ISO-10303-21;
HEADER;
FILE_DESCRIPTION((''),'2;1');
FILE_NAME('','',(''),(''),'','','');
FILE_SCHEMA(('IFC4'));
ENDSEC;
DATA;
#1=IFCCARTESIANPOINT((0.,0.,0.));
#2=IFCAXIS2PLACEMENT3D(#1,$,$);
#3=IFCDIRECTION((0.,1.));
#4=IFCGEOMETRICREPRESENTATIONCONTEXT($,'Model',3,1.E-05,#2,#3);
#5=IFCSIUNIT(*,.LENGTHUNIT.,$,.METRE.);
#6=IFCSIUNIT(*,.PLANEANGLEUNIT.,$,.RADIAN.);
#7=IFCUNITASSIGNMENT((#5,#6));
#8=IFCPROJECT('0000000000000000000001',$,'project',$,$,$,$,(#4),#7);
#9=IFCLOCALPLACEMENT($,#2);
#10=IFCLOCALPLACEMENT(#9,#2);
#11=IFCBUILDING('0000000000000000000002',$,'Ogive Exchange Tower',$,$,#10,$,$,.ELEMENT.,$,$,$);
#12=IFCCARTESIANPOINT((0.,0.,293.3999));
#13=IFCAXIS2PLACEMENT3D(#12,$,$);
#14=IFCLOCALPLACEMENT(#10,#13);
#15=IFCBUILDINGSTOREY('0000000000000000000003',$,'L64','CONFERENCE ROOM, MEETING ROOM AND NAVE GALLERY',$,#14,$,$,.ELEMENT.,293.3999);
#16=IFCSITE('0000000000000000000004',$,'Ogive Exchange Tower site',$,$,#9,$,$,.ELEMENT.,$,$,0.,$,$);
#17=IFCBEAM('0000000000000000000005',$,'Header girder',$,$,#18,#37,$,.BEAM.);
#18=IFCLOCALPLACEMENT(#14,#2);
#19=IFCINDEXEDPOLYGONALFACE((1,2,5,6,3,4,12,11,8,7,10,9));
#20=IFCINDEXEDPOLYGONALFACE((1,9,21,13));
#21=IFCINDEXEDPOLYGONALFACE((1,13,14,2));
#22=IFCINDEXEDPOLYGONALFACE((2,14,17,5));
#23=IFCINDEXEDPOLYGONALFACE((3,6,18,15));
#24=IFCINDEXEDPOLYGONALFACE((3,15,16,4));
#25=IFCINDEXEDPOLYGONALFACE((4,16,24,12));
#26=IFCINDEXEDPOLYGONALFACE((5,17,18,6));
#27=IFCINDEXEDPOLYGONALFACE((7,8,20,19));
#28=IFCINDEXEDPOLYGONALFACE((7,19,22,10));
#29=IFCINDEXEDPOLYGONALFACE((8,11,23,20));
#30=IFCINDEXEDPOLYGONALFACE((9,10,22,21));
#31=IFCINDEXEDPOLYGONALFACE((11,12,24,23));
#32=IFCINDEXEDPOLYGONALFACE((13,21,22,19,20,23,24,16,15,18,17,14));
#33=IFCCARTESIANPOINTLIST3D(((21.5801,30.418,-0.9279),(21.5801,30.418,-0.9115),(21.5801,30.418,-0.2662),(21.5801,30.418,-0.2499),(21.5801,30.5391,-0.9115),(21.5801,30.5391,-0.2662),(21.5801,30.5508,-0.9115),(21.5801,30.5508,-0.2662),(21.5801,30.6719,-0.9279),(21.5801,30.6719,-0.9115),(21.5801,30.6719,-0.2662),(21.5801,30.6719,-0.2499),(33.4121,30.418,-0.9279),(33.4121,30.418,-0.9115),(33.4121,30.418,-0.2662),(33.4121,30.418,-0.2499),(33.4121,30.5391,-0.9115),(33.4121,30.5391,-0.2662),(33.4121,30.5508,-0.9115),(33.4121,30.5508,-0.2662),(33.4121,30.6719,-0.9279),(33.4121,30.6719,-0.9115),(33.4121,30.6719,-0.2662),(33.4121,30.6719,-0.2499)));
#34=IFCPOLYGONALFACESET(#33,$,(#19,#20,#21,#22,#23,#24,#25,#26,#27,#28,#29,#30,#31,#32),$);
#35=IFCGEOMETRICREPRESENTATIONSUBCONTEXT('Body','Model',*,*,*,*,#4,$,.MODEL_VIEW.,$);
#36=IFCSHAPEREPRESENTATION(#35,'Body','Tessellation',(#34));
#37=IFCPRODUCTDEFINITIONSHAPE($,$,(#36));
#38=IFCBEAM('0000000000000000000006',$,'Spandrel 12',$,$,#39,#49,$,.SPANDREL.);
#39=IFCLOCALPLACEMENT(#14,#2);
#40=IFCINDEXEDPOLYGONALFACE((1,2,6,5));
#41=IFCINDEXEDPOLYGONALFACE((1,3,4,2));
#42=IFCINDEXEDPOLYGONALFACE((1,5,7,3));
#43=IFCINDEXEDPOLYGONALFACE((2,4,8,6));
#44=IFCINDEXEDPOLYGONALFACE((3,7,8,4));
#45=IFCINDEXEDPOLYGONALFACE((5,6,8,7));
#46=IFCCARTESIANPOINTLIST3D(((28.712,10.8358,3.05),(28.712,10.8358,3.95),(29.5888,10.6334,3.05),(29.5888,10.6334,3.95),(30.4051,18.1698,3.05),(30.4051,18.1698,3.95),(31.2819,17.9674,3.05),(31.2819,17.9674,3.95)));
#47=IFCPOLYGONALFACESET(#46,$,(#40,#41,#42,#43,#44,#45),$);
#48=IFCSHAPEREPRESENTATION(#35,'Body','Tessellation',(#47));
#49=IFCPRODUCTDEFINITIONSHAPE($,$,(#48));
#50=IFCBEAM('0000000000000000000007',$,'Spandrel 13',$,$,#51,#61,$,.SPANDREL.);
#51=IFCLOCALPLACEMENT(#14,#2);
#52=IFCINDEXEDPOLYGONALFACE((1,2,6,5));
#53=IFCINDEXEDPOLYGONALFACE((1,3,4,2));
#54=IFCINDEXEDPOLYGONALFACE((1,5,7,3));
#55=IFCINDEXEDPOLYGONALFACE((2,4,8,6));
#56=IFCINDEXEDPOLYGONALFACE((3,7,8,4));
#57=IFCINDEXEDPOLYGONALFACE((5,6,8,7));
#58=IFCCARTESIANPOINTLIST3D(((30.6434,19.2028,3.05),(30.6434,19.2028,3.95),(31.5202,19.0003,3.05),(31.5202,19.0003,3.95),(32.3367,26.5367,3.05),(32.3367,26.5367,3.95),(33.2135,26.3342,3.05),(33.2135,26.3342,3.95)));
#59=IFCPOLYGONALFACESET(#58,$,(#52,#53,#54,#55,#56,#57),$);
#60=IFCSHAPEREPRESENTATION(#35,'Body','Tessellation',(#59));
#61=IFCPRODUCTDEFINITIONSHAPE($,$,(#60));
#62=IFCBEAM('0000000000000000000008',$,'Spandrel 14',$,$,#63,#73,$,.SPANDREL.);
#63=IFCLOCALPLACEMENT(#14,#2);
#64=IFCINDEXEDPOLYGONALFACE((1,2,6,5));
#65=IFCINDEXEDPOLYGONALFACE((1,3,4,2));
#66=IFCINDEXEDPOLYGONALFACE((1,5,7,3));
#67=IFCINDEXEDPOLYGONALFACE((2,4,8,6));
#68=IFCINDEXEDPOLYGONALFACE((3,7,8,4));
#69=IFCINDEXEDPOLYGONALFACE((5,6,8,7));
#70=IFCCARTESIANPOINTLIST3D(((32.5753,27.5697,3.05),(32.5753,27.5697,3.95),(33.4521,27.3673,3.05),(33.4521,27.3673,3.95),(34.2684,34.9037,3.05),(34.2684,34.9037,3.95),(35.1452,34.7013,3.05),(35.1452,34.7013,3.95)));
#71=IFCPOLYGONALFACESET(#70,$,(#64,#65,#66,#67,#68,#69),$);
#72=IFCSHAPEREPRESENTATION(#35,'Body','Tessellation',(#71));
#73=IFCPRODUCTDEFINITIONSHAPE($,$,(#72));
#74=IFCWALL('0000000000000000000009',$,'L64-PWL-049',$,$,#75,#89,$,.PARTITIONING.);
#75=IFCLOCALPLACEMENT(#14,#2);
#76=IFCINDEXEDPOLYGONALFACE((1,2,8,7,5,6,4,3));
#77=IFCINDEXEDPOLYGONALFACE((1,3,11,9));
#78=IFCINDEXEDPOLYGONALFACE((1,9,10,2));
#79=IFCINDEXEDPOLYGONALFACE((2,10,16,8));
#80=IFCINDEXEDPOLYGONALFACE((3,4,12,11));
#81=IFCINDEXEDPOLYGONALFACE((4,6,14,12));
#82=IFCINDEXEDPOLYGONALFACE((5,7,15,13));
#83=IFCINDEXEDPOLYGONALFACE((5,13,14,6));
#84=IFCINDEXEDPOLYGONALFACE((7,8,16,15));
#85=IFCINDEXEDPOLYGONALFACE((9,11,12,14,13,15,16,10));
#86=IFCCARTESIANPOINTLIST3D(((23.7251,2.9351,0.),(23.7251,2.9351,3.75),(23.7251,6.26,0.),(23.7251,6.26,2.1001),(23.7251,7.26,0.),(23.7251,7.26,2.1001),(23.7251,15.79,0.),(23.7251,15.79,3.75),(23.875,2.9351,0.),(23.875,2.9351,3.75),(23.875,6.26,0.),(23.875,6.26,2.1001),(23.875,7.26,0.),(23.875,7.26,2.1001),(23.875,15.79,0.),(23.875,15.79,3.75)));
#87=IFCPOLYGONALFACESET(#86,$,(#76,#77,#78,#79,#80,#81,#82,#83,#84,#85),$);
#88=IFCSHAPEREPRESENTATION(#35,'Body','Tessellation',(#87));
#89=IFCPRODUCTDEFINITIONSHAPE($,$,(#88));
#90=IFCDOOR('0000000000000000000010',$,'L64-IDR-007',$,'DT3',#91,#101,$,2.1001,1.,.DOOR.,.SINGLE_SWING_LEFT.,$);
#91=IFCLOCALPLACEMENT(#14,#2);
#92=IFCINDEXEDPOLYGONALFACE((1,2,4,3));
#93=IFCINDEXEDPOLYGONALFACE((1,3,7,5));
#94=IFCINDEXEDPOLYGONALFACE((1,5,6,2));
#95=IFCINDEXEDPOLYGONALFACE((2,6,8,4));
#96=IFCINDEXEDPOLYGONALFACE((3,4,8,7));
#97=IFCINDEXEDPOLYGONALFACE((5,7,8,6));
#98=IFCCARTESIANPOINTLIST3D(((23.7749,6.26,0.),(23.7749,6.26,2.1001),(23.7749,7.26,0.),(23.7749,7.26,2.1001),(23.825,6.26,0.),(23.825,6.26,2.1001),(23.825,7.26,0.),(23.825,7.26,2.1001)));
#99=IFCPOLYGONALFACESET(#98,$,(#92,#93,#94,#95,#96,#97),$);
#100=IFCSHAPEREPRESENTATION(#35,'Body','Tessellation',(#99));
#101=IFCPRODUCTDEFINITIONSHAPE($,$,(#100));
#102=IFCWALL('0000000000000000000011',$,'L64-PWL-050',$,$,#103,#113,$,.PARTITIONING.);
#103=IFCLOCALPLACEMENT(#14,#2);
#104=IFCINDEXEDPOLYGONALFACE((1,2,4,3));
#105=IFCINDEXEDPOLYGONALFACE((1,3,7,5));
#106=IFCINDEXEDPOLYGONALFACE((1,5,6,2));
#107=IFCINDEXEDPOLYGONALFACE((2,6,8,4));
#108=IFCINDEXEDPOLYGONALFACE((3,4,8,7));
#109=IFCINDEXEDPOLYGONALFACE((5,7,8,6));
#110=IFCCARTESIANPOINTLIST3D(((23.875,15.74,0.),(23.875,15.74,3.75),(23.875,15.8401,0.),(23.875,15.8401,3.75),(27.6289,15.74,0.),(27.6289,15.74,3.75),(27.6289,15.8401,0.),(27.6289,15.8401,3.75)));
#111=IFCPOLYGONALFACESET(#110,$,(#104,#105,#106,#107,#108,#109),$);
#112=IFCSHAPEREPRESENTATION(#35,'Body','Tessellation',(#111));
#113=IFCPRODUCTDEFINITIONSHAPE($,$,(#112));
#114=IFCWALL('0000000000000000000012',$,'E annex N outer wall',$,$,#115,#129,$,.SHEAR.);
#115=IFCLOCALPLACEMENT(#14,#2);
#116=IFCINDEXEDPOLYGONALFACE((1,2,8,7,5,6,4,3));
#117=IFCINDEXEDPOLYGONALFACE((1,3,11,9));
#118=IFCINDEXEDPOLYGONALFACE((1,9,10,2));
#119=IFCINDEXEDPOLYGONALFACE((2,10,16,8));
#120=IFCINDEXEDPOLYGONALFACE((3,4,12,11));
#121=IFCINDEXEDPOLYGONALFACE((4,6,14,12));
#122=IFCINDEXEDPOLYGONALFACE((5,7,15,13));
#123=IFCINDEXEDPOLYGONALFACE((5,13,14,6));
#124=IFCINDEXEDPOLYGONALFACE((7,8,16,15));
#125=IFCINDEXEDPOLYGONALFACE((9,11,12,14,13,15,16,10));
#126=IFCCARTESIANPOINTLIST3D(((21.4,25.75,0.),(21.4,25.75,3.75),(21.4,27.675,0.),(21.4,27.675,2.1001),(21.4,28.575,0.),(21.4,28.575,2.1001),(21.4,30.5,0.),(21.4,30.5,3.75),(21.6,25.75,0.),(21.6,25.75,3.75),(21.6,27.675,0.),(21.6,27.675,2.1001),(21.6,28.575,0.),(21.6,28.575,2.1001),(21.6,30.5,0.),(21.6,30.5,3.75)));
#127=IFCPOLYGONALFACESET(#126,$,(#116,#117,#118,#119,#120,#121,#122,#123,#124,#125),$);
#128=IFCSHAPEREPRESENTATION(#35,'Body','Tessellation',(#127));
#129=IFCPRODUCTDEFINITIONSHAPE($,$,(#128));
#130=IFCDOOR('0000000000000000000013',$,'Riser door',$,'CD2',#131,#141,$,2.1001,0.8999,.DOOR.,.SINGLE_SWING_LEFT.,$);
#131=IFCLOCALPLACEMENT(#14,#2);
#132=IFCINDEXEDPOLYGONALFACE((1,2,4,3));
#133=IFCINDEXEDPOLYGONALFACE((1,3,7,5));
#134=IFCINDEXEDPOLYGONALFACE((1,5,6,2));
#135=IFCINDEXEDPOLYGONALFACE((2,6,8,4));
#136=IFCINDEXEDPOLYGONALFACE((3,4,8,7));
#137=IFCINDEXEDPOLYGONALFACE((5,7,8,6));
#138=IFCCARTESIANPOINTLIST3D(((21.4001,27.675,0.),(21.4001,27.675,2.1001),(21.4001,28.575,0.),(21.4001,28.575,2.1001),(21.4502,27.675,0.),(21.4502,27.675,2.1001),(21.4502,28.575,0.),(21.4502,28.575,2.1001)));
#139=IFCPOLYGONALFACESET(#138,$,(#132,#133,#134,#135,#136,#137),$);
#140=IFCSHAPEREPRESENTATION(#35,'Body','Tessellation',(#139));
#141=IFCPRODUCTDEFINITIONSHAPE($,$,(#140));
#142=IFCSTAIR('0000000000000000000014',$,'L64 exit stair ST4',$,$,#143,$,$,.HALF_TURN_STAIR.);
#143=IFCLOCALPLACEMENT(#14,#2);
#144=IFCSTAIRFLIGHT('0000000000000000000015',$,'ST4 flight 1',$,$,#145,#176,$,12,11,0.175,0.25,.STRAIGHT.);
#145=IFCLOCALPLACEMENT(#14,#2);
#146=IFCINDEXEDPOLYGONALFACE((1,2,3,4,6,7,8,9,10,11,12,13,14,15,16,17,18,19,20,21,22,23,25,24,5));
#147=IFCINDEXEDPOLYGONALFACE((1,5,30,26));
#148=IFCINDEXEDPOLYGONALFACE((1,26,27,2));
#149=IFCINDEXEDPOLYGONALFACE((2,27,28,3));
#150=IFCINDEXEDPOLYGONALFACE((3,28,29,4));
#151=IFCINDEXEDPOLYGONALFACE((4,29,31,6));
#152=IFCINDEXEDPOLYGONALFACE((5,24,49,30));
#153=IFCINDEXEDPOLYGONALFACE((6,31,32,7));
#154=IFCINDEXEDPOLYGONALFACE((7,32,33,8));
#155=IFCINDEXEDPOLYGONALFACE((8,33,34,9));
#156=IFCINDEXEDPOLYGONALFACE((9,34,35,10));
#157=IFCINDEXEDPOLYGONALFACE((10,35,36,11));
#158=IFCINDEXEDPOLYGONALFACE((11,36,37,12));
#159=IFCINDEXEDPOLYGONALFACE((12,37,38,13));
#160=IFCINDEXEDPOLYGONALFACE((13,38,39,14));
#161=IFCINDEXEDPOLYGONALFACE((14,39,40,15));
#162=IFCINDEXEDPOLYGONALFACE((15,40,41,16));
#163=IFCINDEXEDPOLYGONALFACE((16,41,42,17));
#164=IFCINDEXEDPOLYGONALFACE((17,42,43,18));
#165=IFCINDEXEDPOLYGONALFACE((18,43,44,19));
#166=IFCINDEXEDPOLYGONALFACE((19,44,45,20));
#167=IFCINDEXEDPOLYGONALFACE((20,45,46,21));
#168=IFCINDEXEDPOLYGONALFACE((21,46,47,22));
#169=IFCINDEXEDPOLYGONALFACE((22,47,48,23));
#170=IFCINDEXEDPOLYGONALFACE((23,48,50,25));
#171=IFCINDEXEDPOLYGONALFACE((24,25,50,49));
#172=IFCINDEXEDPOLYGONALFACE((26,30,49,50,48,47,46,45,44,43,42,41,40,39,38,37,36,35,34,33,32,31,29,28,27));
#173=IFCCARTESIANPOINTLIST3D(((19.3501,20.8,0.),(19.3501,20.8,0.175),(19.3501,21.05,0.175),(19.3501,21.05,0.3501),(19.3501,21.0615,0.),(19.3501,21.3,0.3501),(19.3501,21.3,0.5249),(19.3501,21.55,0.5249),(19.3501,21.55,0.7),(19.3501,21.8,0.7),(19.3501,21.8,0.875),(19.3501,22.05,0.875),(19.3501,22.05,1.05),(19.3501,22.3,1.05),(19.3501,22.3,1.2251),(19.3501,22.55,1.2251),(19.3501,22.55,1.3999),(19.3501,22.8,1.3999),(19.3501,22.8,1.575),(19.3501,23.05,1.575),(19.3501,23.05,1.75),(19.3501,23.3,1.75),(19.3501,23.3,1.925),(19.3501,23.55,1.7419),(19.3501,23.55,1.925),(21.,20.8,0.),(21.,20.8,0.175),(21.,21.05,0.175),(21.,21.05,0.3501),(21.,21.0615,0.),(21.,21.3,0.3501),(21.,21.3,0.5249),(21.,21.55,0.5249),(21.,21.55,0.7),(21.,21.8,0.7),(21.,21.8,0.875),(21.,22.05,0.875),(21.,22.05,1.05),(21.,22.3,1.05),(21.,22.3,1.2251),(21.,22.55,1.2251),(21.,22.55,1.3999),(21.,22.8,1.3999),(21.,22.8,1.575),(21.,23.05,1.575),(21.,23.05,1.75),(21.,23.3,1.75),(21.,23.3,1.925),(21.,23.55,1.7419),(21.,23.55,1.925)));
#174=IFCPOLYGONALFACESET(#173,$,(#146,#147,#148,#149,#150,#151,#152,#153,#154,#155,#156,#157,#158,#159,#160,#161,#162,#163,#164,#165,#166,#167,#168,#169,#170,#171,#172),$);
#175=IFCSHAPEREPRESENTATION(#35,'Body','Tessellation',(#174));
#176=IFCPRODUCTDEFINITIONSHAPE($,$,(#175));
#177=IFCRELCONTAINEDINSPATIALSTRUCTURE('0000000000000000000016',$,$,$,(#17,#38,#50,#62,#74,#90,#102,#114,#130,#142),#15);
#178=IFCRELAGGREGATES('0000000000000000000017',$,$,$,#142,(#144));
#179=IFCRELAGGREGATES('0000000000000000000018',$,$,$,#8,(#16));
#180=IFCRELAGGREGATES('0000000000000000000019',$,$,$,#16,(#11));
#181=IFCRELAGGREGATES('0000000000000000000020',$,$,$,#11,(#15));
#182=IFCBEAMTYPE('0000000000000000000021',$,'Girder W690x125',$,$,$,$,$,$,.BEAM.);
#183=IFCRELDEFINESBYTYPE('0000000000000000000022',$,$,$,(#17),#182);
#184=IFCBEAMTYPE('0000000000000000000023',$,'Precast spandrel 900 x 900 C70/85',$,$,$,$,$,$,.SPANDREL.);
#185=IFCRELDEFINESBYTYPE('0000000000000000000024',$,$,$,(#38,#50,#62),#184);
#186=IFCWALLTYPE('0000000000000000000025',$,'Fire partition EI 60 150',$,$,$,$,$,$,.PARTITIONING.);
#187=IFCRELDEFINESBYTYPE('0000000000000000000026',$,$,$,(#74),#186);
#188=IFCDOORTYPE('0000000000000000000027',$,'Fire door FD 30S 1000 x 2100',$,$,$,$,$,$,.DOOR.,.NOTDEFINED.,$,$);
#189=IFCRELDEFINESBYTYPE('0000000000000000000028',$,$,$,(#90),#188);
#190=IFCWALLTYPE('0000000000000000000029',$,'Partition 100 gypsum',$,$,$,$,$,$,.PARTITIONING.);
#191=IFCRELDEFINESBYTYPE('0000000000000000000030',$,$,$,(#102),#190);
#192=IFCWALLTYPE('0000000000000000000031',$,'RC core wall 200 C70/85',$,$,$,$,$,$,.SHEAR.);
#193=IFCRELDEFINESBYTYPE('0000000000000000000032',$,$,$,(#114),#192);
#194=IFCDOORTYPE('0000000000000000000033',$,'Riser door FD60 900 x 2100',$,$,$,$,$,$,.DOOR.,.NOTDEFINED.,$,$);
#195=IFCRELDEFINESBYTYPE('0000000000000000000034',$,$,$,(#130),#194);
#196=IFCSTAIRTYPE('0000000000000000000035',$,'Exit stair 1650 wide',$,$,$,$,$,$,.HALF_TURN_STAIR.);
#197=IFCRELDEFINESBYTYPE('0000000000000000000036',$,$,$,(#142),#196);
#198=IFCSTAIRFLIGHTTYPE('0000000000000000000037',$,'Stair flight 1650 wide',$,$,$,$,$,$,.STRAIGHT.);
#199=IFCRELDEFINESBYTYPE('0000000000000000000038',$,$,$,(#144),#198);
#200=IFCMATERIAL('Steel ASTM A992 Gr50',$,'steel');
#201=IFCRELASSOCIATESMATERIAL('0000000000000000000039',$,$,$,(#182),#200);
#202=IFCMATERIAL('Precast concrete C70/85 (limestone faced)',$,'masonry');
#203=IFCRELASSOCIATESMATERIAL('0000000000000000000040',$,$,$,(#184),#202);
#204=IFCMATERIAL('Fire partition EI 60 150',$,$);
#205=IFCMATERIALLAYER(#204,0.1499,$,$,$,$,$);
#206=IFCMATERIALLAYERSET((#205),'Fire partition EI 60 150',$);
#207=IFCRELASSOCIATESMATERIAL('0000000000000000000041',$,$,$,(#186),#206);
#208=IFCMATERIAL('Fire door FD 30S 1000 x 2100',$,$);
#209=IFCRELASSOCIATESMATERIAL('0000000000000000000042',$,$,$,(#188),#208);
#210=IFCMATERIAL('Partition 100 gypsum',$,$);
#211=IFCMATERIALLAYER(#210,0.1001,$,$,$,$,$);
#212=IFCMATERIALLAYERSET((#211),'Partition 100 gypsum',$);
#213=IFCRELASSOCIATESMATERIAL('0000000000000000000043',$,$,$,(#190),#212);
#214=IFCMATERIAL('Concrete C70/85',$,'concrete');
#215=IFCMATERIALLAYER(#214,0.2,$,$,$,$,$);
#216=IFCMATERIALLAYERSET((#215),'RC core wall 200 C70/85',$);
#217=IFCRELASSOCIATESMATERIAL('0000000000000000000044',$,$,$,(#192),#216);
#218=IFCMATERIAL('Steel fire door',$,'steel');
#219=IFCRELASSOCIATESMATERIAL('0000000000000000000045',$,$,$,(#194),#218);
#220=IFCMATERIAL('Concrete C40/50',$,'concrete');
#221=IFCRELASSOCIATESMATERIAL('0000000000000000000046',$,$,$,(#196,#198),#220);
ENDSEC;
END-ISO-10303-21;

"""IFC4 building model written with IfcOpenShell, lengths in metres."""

from ifc_helpers import new_model, si_unit, direction, frame, frame_2d, origin, origin_2d, place, context, subcontext, project, spatial, polyline, rectangle, i_section, outline, extrude, material, layer, layer_set, material_profile, profile_set, type_object, element, fill, aggregate, save


model = new_model("IFC4")

# Units and contexts
model_context = context("Model", 3, precision=1e-05, world=origin(), true_north=direction((0.0, 1.0)))
body_context = subcontext(model_context, "Body", "Model", "MODEL_VIEW")
ifc_project = project(units=[si_unit("LENGTHUNIT", "METRE"), si_unit("PLANEANGLEUNIT", "RADIAN")], contexts=[model_context])

# Site, building, storey
site_placement = place(None, origin())
site = spatial("IfcSite", under=ifc_project, at=site_placement, Name="Ogive Exchange Tower site", CompositionType="ELEMENT", RefElevation=0.0)
building_placement = place(site_placement, origin())
building = spatial("IfcBuilding", under=site, at=building_placement, Name="Ogive Exchange Tower", CompositionType="ELEMENT")
storey_placement = place(building_placement, frame((0.0, 0.0, 293.3999)))
storey = spatial("IfcBuildingStorey", under=building, at=storey_placement, Name="L64", Description="CONFERENCE ROOM, MEETING ROOM AND NAVE GALLERY", CompositionType="ELEMENT", Elevation=293.3999)

# Shared definitions
ifc_material_1 = material(Name="Precast concrete C70/85 (limestone faced)", Category="masonry")

# Beams
ifc_material_2 = material(Name="Steel ASTM A992 Gr50", Category="steel")
ifc_material_profile_1 = material_profile(ifc_material_2, i_section(OverallWidth=0.2539, OverallDepth=0.678, WebThickness=0.0117, FlangeThickness=0.0164, at=origin_2d()), Name="W690x125")
ifc_profile_set_1 = profile_set([ifc_material_profile_1], Name="Steel ASTM A992 Gr50")
beam_type_1 = type_object("IfcBeamType", Name="Girder W690x125", PredefinedType="BEAM", material=ifc_profile_set_1)
beam_1_placement = place(storey_placement, frame((21.5801, 30.5449, -0.5889), z_axis=(1.0, 0.0, 0.0), x_axis=(0.0, 1.0, 0.0)))
element("IfcBeam", 1, at=beam_1_placement, inside=storey, type_object=beam_type_1, Name="Header girder", PredefinedType="BEAM", context=body_context, shape_type="SweptSolid", body=[
    extrude(i_section(OverallWidth=0.2539, OverallDepth=0.678, WebThickness=0.0117, FlangeThickness=0.0164, at=origin_2d()), origin(), (0.0, 0.0, 1.0), 11.832),
])
ifc_material_profile_2 = material_profile(ifc_material_1, rectangle(XDim=0.8999, YDim=0.8999, at=origin_2d()), Name="900 x 900")
ifc_profile_set_2 = profile_set([ifc_material_profile_2], Name="Precast concrete C70/85 (limestone faced)")
beam_type_2 = type_object("IfcBeamType", Name="Precast spandrel 900 x 900 C70/85", PredefinedType="SPANDREL", material=ifc_profile_set_2)
for number, where, z_axis, x_axis, name in (
    (2, (29.1504, 10.7346, 3.5), (0.224942, 0.974372, 0.0), (-0.974372, 0.224942, 0.0), "Spandrel 12"),
    (3, (31.0818, 19.1016, 3.5), (0.224973, 0.974365, 0.0), (-0.974365, 0.224973, 0.0), "Spandrel 13"),
    (4, (33.0137, 27.4685, 3.5), (0.224942, 0.974372, 0.0), (-0.974372, 0.224942, 0.0), "Spandrel 14"),
):
    element("IfcBeam", number, at=place(storey_placement, frame(where, z_axis=z_axis, x_axis=x_axis)), inside=storey, type_object=beam_type_2, Name=name, PredefinedType="SPANDREL", context=body_context, shape_type="SweptSolid", body=[
        extrude(rectangle(XDim=0.8999, YDim=0.8999, at=origin_2d()), origin(), (0.0, 0.0, 1.0), 7.5269),
    ])

# Wall, opening, door
ifc_material_3 = material(Name="Fire partition EI 60 150")
ifc_layer_1 = layer(ifc_material_3, 0.1499)
ifc_layer_set_1 = layer_set([ifc_layer_1], Name="Fire partition EI 60 150")
wall_type_1 = type_object("IfcWallType", Name="Fire partition EI 60 150", PredefinedType="PARTITIONING", material=ifc_layer_set_1)
wall_1_placement = place(storey_placement, frame((23.8, 15.79, 0.0), z_axis=(0.0, 0.0, 1.0), x_axis=(0.0, -1.0, 0.0)))
wall_1 = element("IfcWall", 5, at=wall_1_placement, inside=storey, type_object=wall_type_1, Name="L64-PWL-049", PredefinedType="PARTITIONING", context=body_context, shape_type="SweptSolid", body=[
    extrude(rectangle(XDim=12.855, YDim=0.1499, at=frame_2d((6.4275, 0.0))), origin(), (0.0, 0.0, 1.0), 3.75),
])
opening_1_placement = place(wall_1_placement, frame((8.53, 0.0, 0.0)))
opening_1 = element("IfcOpeningElement", 6, at=opening_1_placement, cuts=wall_1, PredefinedType="OPENING", context=body_context, shape_type="SweptSolid", body=[
    extrude(rectangle(XDim=1.0, YDim=2.1001, at=frame_2d((0.5, 1.05))), frame((0.0, 0.085, 0.0), z_axis=(0.0, -1.0, 0.0), x_axis=(1.0, 0.0, 0.0)), (0.0, 0.0, 1.0), 0.1699),
])
ifc_material_4 = material(Name="Fire door FD 30S 1000 x 2100")
door_type_1 = type_object("IfcDoorType", Name="Fire door FD 30S 1000 x 2100", OperationType="NOTDEFINED", PredefinedType="DOOR", material=ifc_material_4)
door_1_placement = place(opening_1_placement, origin())
door_1 = element("IfcDoor", 7, at=door_1_placement, inside=storey, type_object=door_type_1, Name="L64-IDR-007", ObjectType="DT3", OperationType="SINGLE_SWING_LEFT", OverallHeight=2.1001, OverallWidth=1.0, PredefinedType="DOOR", context=body_context, shape_type="SweptSolid", body=[
    extrude(rectangle(XDim=1.0, YDim=2.1001, at=frame_2d((0.5, 1.05))), frame((0.0, 0.0249, 0.0), z_axis=(0.0, -1.0, 0.0), x_axis=(1.0, 0.0, 0.0)), (0.0, 0.0, 1.0), 0.05),
])
fill(opening_1, door_1)

# Wall
ifc_material_5 = material(Name="Partition 100 gypsum")
ifc_layer_2 = layer(ifc_material_5, 0.1001)
ifc_layer_set_2 = layer_set([ifc_layer_2], Name="Partition 100 gypsum")
wall_type_2 = type_object("IfcWallType", Name="Partition 100 gypsum", PredefinedType="PARTITIONING", material=ifc_layer_set_2)
wall_2_placement = place(storey_placement, frame((23.875, 15.79, 0.0), z_axis=(0.0, 0.0, 1.0), x_axis=(1.0, 0.0, 0.0)))
element("IfcWall", 8, at=wall_2_placement, inside=storey, type_object=wall_type_2, Name="L64-PWL-050", PredefinedType="PARTITIONING", context=body_context, shape_type="SweptSolid", body=[
    extrude(rectangle(XDim=3.7539, YDim=0.1001, at=frame_2d((1.877, 0.0))), origin(), (0.0, 0.0, 1.0), 3.75),
])

# Wall, opening, door
ifc_material_6 = material(Name="Concrete C70/85", Category="concrete")
ifc_layer_3 = layer(ifc_material_6, 0.2)
ifc_layer_set_3 = layer_set([ifc_layer_3], Name="RC core wall 200 C70/85")
wall_type_3 = type_object("IfcWallType", Name="RC core wall 200 C70/85", PredefinedType="SHEAR", material=ifc_layer_set_3)
wall_3_placement = place(storey_placement, frame((21.5, 25.75, 0.0), z_axis=(0.0, 0.0, 1.0), x_axis=(0.0, 1.0, 0.0)))
wall_3 = element("IfcWall", 9, at=wall_3_placement, inside=storey, type_object=wall_type_3, Name="E annex N outer wall", PredefinedType="SHEAR", context=body_context, shape_type="SweptSolid", body=[
    extrude(rectangle(XDim=4.75, YDim=0.2, at=frame_2d((2.375, 0.0))), origin(), (0.0, 0.0, 1.0), 3.75),
])
opening_2_placement = place(wall_3_placement, frame((1.925, 0.0, 0.0)))
opening_2 = element("IfcOpeningElement", 10, at=opening_2_placement, cuts=wall_3, PredefinedType="OPENING", context=body_context, shape_type="SweptSolid", body=[
    extrude(rectangle(XDim=0.8999, YDim=2.1001, at=frame_2d((0.45, 1.05))), frame((0.0, 0.1099, 0.0), z_axis=(0.0, -1.0, 0.0), x_axis=(1.0, 0.0, 0.0)), (0.0, 0.0, 1.0), 0.22),
])
ifc_material_7 = material(Name="Steel fire door", Category="steel")
door_type_2 = type_object("IfcDoorType", Name="Riser door FD60 900 x 2100", OperationType="NOTDEFINED", PredefinedType="DOOR", material=ifc_material_7)
door_2_placement = place(opening_2_placement, frame((0.8999, 0.1499, 0.0), z_axis=(0.0, 0.0, 1.0), x_axis=(-1.0, 0.0, 0.0)))
door_2 = element("IfcDoor", 11, at=door_2_placement, inside=storey, type_object=door_type_2, Name="Riser door", ObjectType="CD2", OperationType="SINGLE_SWING_LEFT", OverallHeight=2.1001, OverallWidth=0.8999, PredefinedType="DOOR", context=body_context, shape_type="SweptSolid", body=[
    extrude(rectangle(XDim=0.8999, YDim=2.1001, at=frame_2d((0.45, 1.05))), frame((0.0, 0.1001, 0.0), z_axis=(0.0, -1.0, 0.0), x_axis=(1.0, 0.0, 0.0)), (0.0, 0.0, 1.0), 0.05),
])
fill(opening_2, door_2)

# Stair, stair flight
ifc_material_8 = material(Name="Concrete C40/50", Category="concrete")
stair_type = type_object("IfcStairType", Name="Exit stair 1650 wide", PredefinedType="HALF_TURN_STAIR", material=ifc_material_8)
stair_placement = place(storey_placement, origin())
stair = element("IfcStair", 12, at=stair_placement, inside=storey, type_object=stair_type, Name="L64 exit stair ST4", PredefinedType="HALF_TURN_STAIR")
stair_flight_type = type_object("IfcStairFlightType", Name="Stair flight 1650 wide", PredefinedType="STRAIGHT", material=ifc_material_8)
stair_flight_1_placement = place(storey_placement, frame((20.175, 20.8, 0.0), z_axis=(0.0, 0.0, 1.0), x_axis=(0.0, 1.0, 0.0)))
stair_flight_1 = element("IfcStairFlight", 13, at=stair_flight_1_placement, type_object=stair_flight_type, Name="ST4 flight 1", NumberOfRisers=12, NumberOfTreads=11, PredefinedType="STRAIGHT", RiserHeight=0.175, TreadLength=0.25, context=body_context, shape_type="SweptSolid", body=[
    extrude(outline(polyline([(0.0, 0.0), (0.0, 0.175), (0.25, 0.175), (0.25, 0.3501), (0.5, 0.3501), (0.5, 0.5249), (0.75, 0.5249), (0.75, 0.7), (1.0, 0.7), (1.0, 0.875), (1.25, 0.875), (1.25, 1.05), (1.5, 1.05), (1.5, 1.2251), (1.75, 1.2251), (1.75, 1.3999), (2.0, 1.3999), (2.0, 1.575), (2.25, 1.575), (2.25, 1.75), (2.5, 1.75), (2.5, 1.925), (2.75, 1.925), (2.75, 2.1001), (2.75, 1.7419), (0.2615, 0.0), (0.0, 0.0)])), frame((0.0, 0.825, 0.0), z_axis=(0.0, -1.0, 0.0), x_axis=(1.0, 0.0, 0.0)), (0.0, 0.0, 1.0), 1.6499),
])
aggregate(stair, [stair_flight_1])

save(model, "model.ifc")
